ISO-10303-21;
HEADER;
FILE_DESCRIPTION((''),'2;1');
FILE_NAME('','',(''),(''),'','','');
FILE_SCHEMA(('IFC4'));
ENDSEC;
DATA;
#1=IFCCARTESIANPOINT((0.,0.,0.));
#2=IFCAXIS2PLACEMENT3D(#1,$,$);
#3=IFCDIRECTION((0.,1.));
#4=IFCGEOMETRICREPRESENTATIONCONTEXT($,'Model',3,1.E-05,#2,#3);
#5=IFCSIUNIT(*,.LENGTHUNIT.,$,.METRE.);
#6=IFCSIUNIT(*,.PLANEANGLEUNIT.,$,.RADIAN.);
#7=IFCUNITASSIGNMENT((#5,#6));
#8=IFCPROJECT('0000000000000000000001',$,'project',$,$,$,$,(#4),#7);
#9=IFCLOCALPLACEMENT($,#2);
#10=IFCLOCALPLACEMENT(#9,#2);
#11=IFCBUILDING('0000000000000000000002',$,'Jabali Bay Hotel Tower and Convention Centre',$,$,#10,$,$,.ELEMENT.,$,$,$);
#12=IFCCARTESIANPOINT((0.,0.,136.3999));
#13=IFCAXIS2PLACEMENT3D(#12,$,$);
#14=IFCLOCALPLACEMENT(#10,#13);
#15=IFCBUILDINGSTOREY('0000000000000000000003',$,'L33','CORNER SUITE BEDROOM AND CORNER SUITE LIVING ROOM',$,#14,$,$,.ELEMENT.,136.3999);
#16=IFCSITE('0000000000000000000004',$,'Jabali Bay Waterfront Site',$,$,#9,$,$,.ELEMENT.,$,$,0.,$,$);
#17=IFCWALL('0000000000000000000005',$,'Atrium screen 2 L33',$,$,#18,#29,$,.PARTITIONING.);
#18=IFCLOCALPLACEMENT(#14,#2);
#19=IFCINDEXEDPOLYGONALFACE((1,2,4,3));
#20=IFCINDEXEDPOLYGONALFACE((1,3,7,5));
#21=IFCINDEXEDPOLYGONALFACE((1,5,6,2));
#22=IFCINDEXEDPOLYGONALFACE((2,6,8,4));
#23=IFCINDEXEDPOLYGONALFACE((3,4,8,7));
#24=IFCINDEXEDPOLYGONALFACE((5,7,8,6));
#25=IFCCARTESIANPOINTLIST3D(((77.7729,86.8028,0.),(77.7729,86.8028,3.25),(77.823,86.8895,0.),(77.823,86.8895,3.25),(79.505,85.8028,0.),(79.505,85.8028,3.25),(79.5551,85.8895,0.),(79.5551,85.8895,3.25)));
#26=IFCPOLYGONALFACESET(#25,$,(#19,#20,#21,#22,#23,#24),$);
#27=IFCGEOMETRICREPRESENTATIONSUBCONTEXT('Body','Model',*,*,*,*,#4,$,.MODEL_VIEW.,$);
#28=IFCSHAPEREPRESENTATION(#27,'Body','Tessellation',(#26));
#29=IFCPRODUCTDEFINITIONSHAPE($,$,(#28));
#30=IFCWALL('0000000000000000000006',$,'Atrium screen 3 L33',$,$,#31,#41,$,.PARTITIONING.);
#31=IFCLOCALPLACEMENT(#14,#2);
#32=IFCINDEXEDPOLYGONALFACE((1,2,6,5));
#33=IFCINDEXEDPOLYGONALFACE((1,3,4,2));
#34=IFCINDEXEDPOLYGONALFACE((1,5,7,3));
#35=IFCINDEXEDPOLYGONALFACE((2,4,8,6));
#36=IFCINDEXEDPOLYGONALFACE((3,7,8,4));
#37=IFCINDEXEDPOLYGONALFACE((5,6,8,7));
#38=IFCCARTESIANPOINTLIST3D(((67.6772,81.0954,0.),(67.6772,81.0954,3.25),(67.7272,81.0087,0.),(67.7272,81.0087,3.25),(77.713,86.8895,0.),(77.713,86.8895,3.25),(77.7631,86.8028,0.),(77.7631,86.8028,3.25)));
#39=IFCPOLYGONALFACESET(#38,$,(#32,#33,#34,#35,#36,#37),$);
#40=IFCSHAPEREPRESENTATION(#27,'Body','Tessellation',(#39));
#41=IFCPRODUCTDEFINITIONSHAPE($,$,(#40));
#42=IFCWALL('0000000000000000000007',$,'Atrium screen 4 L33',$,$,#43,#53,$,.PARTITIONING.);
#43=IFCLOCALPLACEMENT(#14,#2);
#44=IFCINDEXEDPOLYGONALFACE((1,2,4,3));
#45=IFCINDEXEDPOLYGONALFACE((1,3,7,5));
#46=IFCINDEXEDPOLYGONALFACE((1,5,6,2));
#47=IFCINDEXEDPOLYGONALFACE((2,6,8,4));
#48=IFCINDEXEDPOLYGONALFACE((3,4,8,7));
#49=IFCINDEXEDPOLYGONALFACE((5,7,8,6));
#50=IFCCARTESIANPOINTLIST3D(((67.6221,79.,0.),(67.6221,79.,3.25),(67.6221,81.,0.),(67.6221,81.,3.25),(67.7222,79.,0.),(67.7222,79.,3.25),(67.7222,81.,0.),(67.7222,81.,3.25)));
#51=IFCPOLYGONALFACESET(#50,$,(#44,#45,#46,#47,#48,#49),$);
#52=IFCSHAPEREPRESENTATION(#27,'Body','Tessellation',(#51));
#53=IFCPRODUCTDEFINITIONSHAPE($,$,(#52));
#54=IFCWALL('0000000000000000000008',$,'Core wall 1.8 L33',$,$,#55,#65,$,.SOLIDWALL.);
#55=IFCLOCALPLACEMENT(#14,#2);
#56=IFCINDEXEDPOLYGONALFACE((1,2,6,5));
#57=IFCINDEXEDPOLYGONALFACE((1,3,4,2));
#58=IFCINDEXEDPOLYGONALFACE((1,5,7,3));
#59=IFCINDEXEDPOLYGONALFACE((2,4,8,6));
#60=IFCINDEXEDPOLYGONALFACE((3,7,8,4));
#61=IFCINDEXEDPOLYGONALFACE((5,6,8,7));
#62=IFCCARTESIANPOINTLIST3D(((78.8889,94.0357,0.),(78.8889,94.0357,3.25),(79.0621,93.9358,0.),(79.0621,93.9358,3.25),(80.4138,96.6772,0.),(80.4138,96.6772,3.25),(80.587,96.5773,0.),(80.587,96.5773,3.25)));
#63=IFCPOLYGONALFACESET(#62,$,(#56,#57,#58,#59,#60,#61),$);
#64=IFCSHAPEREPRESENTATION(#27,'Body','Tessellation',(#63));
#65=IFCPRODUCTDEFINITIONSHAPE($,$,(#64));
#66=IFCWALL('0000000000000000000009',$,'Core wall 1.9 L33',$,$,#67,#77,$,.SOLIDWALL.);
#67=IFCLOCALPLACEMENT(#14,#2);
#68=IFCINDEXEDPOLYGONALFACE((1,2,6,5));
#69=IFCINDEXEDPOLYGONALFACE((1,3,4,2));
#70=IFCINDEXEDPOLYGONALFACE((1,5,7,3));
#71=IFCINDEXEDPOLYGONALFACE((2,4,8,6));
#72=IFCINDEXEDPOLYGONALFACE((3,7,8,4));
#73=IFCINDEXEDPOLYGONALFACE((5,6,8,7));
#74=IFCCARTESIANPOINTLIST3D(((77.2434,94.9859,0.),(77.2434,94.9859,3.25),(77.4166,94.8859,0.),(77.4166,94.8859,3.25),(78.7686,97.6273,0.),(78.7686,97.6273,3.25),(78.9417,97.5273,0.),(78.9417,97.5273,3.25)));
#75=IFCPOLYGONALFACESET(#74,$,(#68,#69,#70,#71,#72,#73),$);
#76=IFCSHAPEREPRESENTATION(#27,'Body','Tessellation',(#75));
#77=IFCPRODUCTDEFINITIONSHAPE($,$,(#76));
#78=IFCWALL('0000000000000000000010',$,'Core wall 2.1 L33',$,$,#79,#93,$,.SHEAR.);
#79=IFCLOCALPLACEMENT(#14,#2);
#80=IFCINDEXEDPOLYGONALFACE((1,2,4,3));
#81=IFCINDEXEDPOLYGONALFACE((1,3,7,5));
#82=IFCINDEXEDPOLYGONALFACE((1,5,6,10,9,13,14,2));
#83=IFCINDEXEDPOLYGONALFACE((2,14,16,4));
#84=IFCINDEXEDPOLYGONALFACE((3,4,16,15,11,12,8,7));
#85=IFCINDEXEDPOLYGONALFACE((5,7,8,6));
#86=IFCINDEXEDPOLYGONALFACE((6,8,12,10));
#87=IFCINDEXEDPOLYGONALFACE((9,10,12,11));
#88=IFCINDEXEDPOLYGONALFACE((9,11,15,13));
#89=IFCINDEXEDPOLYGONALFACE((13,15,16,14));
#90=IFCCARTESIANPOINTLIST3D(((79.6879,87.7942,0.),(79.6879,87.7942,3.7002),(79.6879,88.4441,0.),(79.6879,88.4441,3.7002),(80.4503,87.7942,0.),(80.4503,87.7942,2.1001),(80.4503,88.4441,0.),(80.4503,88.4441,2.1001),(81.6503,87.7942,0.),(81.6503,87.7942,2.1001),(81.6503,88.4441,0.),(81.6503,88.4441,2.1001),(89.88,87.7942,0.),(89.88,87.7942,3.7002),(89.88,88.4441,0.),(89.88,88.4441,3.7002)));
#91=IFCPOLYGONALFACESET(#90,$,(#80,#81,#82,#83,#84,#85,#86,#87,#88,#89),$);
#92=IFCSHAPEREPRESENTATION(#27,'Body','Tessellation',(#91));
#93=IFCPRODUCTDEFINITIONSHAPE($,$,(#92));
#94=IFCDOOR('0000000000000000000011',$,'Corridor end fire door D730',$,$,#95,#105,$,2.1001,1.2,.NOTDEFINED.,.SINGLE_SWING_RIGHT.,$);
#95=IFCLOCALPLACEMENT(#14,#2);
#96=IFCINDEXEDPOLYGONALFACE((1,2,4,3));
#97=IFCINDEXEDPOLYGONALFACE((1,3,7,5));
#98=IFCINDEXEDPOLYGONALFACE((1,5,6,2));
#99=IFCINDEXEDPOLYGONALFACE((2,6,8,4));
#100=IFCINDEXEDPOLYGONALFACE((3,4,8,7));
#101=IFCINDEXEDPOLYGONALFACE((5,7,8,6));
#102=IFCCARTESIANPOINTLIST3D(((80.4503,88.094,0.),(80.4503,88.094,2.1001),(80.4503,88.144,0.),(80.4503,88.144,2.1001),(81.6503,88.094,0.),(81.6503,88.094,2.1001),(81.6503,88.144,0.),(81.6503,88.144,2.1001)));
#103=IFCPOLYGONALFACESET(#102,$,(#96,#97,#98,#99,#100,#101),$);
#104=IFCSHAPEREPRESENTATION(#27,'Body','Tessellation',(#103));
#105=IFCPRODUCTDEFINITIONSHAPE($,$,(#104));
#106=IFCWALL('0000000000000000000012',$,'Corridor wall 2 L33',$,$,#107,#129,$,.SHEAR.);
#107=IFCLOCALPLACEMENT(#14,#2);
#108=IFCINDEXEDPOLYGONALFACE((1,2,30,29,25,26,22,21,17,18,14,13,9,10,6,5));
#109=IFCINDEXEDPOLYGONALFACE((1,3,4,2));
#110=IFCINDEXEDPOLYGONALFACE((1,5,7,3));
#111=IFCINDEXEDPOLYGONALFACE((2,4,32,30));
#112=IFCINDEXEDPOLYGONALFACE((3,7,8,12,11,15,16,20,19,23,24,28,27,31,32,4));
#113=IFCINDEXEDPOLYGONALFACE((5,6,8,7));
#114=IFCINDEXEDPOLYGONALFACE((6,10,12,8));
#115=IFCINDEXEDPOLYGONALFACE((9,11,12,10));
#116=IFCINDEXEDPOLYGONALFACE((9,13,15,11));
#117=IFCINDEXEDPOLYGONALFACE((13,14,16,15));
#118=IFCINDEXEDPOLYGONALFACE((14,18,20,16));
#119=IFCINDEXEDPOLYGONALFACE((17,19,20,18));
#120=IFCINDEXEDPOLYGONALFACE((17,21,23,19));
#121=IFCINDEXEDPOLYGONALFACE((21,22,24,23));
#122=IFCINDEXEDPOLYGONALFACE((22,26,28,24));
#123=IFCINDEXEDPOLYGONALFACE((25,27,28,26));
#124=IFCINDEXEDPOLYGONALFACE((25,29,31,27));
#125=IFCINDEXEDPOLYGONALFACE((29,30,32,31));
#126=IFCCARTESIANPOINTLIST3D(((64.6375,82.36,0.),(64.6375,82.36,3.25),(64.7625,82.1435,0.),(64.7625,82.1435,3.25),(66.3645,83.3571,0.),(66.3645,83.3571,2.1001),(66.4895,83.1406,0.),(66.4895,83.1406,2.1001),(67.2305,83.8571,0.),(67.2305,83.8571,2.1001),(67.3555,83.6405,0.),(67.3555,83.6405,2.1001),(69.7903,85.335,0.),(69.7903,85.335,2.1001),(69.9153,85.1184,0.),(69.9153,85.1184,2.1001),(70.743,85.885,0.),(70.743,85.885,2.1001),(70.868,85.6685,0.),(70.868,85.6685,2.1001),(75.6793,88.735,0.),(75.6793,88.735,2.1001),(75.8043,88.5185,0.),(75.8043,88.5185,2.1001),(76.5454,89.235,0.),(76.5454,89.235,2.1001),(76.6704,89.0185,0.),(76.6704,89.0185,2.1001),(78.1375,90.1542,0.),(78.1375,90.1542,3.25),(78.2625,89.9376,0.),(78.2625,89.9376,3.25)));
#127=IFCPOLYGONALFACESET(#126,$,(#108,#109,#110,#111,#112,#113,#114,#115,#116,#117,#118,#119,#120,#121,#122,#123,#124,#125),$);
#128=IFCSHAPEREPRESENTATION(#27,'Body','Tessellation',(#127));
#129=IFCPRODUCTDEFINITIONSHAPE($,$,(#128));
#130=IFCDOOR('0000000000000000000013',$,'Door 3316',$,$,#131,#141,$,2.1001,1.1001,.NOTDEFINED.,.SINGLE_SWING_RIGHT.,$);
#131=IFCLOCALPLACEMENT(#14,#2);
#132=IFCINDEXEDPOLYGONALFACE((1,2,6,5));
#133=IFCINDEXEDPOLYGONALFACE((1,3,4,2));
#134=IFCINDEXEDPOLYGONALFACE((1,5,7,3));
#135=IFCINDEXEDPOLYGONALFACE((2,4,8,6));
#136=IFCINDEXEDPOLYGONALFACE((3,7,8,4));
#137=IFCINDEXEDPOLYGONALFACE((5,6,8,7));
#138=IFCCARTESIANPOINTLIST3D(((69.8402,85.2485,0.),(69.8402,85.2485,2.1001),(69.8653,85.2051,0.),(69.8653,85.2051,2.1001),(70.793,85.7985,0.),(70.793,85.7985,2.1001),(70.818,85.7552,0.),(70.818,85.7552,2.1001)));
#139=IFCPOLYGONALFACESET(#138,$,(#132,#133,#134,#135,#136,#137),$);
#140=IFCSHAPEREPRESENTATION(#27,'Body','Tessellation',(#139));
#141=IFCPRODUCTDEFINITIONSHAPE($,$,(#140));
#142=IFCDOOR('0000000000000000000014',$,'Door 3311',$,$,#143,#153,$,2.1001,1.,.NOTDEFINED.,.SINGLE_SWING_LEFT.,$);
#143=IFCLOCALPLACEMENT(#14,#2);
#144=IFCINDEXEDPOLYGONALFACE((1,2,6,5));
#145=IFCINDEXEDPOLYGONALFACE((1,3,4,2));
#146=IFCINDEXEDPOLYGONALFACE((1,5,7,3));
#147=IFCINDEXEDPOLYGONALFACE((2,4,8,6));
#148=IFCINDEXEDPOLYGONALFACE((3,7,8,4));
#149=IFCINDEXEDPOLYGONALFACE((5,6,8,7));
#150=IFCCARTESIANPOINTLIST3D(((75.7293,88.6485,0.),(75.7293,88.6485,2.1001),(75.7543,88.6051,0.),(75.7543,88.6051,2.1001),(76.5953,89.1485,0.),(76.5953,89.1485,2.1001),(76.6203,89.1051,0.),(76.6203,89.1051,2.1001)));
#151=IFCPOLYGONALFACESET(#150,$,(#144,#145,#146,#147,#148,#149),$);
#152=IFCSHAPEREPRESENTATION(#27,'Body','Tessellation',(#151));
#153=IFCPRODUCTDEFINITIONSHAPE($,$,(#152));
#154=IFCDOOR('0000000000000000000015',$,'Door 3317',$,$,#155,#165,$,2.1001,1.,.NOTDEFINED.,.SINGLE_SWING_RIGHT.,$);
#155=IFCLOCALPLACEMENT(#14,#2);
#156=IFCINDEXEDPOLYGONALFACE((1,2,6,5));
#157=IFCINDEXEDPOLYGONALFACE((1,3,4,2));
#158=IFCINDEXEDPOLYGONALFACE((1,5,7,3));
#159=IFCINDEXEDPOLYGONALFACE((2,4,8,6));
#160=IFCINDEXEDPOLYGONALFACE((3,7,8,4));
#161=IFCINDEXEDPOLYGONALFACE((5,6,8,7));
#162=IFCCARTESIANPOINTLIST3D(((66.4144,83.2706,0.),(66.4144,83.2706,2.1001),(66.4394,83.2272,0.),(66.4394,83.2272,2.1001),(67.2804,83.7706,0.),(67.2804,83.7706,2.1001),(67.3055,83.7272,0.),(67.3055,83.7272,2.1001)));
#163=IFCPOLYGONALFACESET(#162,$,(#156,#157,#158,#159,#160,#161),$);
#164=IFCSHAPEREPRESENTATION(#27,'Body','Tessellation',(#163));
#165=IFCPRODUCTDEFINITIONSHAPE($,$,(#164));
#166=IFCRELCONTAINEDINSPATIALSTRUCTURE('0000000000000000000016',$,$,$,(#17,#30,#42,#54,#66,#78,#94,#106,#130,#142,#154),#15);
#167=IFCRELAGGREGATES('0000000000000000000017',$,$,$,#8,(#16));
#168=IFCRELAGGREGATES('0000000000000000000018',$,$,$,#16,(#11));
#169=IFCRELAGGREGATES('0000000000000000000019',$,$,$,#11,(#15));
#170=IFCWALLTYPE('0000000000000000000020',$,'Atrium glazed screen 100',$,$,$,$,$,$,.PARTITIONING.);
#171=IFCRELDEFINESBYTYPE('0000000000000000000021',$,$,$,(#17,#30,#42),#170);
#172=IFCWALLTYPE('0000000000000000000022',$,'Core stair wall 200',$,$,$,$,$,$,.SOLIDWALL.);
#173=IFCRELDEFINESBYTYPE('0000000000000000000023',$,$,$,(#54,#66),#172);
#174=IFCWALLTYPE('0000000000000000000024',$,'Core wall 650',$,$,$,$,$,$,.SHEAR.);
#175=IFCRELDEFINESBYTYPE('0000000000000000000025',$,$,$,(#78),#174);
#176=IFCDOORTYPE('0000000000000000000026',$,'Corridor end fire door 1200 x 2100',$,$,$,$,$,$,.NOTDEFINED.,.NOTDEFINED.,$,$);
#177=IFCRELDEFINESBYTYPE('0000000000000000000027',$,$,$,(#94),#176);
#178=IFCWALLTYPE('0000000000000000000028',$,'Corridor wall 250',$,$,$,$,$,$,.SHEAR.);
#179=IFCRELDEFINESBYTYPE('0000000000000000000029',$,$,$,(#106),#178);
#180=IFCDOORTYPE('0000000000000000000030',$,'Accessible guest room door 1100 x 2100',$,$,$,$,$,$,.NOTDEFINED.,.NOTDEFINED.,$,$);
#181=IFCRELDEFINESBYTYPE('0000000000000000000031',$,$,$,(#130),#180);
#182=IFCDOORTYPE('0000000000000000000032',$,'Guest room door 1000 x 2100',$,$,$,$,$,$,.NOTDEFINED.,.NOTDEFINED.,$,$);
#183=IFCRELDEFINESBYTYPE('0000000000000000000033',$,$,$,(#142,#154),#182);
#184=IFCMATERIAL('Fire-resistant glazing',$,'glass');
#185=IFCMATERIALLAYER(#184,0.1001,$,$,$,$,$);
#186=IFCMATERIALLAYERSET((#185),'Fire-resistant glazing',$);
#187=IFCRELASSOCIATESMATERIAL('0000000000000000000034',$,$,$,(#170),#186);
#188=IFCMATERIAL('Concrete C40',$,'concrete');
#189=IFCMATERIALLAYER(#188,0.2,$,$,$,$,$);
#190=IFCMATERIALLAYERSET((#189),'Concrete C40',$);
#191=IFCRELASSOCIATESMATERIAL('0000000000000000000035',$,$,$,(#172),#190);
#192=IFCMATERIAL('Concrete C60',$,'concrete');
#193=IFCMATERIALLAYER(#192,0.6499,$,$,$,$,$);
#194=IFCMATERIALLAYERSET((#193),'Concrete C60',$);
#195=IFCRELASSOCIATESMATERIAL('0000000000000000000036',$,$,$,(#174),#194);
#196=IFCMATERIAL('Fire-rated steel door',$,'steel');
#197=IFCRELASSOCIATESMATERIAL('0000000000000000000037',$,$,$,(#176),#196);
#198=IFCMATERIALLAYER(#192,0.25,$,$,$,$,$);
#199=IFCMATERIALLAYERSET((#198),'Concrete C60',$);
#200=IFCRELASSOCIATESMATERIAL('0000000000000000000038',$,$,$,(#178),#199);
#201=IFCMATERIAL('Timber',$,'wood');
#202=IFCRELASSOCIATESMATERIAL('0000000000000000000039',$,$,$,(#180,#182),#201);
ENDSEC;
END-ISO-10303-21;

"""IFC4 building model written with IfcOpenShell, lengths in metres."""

from ifc_helpers import new_model, si_unit, direction, frame, frame_2d, origin, place, context, subcontext, project, spatial, rectangle, extrude, material, layer, layer_set, type_object, element, fill, save


model = new_model("IFC4")

# Units and contexts
model_context = context("Model", 3, precision=1e-05, world=origin(), true_north=direction((0.0, 1.0)))
body_context = subcontext(model_context, "Body", "Model", "MODEL_VIEW")
ifc_project = project(units=[si_unit("LENGTHUNIT", "METRE"), si_unit("PLANEANGLEUNIT", "RADIAN")], contexts=[model_context])

# Site, building, storey
site_placement = place(None, origin())
site = spatial("IfcSite", under=ifc_project, at=site_placement, Name="Jabali Bay Waterfront Site", CompositionType="ELEMENT", RefElevation=0.0)
building_placement = place(site_placement, origin())
building = spatial("IfcBuilding", under=site, at=building_placement, Name="Jabali Bay Hotel Tower and Convention Centre", CompositionType="ELEMENT")
storey_placement = place(building_placement, frame((0.0, 0.0, 136.3999)))
storey = spatial("IfcBuildingStorey", under=building, at=storey_placement, Name="L33", Description="CORNER SUITE BEDROOM AND CORNER SUITE LIVING ROOM", CompositionType="ELEMENT", Elevation=136.3999)

# Walls
ifc_material_1 = material(Name="Fire-resistant glazing", Category="glass")
ifc_layer_1 = layer(ifc_material_1, 0.1001)
ifc_layer_set_1 = layer_set([ifc_layer_1], Name="Fire-resistant glazing")
wall_type_1 = type_object("IfcWallType", Name="Atrium glazed screen 100", PredefinedType="PARTITIONING", material=ifc_layer_set_1)
wall_1_placement = place(storey_placement, frame((79.53, 85.8462, 0.0), z_axis=(0.0, 0.0, 1.0), x_axis=(-0.866041, 0.499973, 0.0)))
element("IfcWall", 1, at=wall_1_placement, inside=storey, type_object=wall_type_1, Name="Atrium screen 2 L33", PredefinedType="PARTITIONING", context=body_context, shape_type="SweptSolid", body=[
    extrude(rectangle(XDim=2.0, YDim=0.1001, at=frame_2d((1.0, 0.0))), origin(), (0.0, 0.0, 1.0), 3.25),
])
wall_2_placement = place(storey_placement, frame((77.738, 86.8462, 0.0), z_axis=(0.0, 0.0, 1.0), x_axis=(-0.866027, -0.499998, 0.0)))
element("IfcWall", 2, at=wall_2_placement, inside=storey, type_object=wall_type_1, Name="Atrium screen 3 L33", PredefinedType="PARTITIONING", context=body_context, shape_type="SweptSolid", body=[
    extrude(rectangle(XDim=11.5884, YDim=0.1001, at=frame_2d((5.7942, 0.0))), origin(), (0.0, 0.0, 1.0), 3.25),
])
wall_3_placement = place(storey_placement, frame((67.6721, 81.0, 0.0), z_axis=(0.0, 0.0, 1.0), x_axis=(0.0, -1.0, 0.0)))
element("IfcWall", 3, at=wall_3_placement, inside=storey, type_object=wall_type_1, Name="Atrium screen 4 L33", PredefinedType="PARTITIONING", context=body_context, shape_type="SweptSolid", body=[
    extrude(rectangle(XDim=2.0, YDim=0.1001, at=frame_2d((1.0, 0.0))), origin(), (0.0, 0.0, 1.0), 3.25),
])
ifc_material_2 = material(Name="Concrete C40", Category="concrete")
ifc_layer_2 = layer(ifc_material_2, 0.2)
ifc_layer_set_2 = layer_set([ifc_layer_2], Name="Concrete C40")
wall_type_2 = type_object("IfcWallType", Name="Core stair wall 200", PredefinedType="SOLIDWALL", material=ifc_layer_set_2)
for number, where, z_axis, x_axis, name in (
    (4, (78.9756, 93.9858, 0.0), (0.0, 0.0, 1.0), (0.499944, 0.866058, 0.0), "Core wall 1.8 L33"),
    (5, (77.3301, 94.936, 0.0), (0.0, 0.0, 1.0), (0.500039, 0.866003, 0.0), "Core wall 1.9 L33"),
):
    element("IfcWall", number, at=place(storey_placement, frame(where, z_axis=z_axis, x_axis=x_axis)), inside=storey, type_object=wall_type_2, Name=name, PredefinedType="SOLIDWALL", context=body_context, shape_type="SweptSolid", body=[
        extrude(rectangle(XDim=3.05, YDim=0.2, at=frame_2d((1.5249, 0.0))), origin(), (0.0, 0.0, 1.0), 3.25),
    ])

# Wall, opening, door
ifc_material_3 = material(Name="Concrete C60", Category="concrete")
ifc_layer_3 = layer(ifc_material_3, 0.6499)
ifc_layer_set_3 = layer_set([ifc_layer_3], Name="Concrete C60")
wall_type_3 = type_object("IfcWallType", Name="Core wall 650", PredefinedType="SHEAR", material=ifc_layer_set_3)
wall_4_placement = place(storey_placement, frame((79.6877, 88.1191, 0.0), z_axis=(0.0, 0.0, 1.0), x_axis=(1.0, 0.0, 0.0)))
wall_4 = element("IfcWall", 6, at=wall_4_placement, inside=storey, type_object=wall_type_3, Name="Core wall 2.1 L33", PredefinedType="SHEAR", context=body_context, shape_type="SweptSolid", body=[
    extrude(rectangle(XDim=10.1921, YDim=0.6499, at=frame_2d((5.0962, 0.0))), origin(), (0.0, 0.0, 1.0), 3.7002),
])
opening_1_placement = place(wall_4_placement, frame((0.7625, 0.0, 0.0)))
opening_1 = element("IfcOpeningElement", 7, at=opening_1_placement, cuts=wall_4, PredefinedType="OPENING", context=body_context, shape_type="SweptSolid", body=[
    extrude(rectangle(XDim=1.2, YDim=2.1001, at=frame_2d((0.6001, 1.05))), frame((0.0, 0.3354, 0.0), z_axis=(0.0, -1.0, 0.0), x_axis=(1.0, 0.0, 0.0)), (0.0, 0.0, 1.0), 0.6709),
])
ifc_material_4 = material(Name="Fire-rated steel door", Category="steel")
door_type_1 = type_object("IfcDoorType", Name="Corridor end fire door 1200 x 2100", OperationType="NOTDEFINED", PredefinedType="NOTDEFINED", material=ifc_material_4)
door_1_placement = place(opening_1_placement, origin())
door_1 = element("IfcDoor", 8, at=door_1_placement, inside=storey, type_object=door_type_1, Name="Corridor end fire door D730", OperationType="SINGLE_SWING_RIGHT", OverallHeight=2.1001, OverallWidth=1.2, PredefinedType="NOTDEFINED", context=body_context, shape_type="SweptSolid", body=[
    extrude(rectangle(XDim=1.2, YDim=2.1001, at=frame_2d((0.6001, 1.05))), frame((0.0, 0.0249, 0.0), z_axis=(0.0, -1.0, 0.0), x_axis=(1.0, 0.0, 0.0)), (0.0, 0.0, 1.0), 0.05),
])
fill(opening_1, door_1)

# Wall, openings, doors
ifc_layer_4 = layer(ifc_material_3, 0.25)
ifc_layer_set_4 = layer_set([ifc_layer_4], Name="Concrete C60")
wall_type_4 = type_object("IfcWallType", Name="Corridor wall 250", PredefinedType="SHEAR", material=ifc_layer_set_4)
wall_5_placement = place(storey_placement, frame((78.2, 90.0459, 0.0), z_axis=(0.0, 0.0, 1.0), x_axis=(-0.866026, -0.499998, 0.0)))
wall_5 = element("IfcWall", 9, at=wall_5_placement, inside=storey, type_object=wall_type_4, Name="Corridor wall 2 L33", PredefinedType="SHEAR", context=body_context, shape_type="SweptSolid", body=[
    extrude(rectangle(XDim=15.5884, YDim=0.25, at=frame_2d((7.7942, 0.0))), origin(), (0.0, 0.0, 1.0), 3.25),
])
opening_2_placement = place(wall_5_placement, frame((1.8384, 0.0, 0.0)))
opening_2 = element("IfcOpeningElement", 10, at=opening_2_placement, cuts=wall_5, PredefinedType="OPENING", context=body_context, shape_type="SweptSolid", body=[
    extrude(rectangle(XDim=1.0, YDim=2.1001, at=frame_2d((0.5, 1.05))), frame((0.0, 0.1355, 0.0), z_axis=(0.0, -1.0, 0.0), x_axis=(1.0, 0.0, 0.0)), (0.0, 0.0, 1.0), 0.271),
])
opening_3_placement = place(wall_5_placement, frame((8.5383, 0.0, 0.0)))
opening_3 = element("IfcOpeningElement", 11, at=opening_3_placement, cuts=wall_5, PredefinedType="OPENING", context=body_context, shape_type="SweptSolid", body=[
    extrude(rectangle(XDim=1.1001, YDim=2.1001, at=frame_2d((0.55, 1.05))), frame((0.0, 0.1355, 0.0), z_axis=(0.0, -1.0, 0.0), x_axis=(1.0, 0.0, 0.0)), (0.0, 0.0, 1.0), 0.271),
])
opening_4_placement = place(wall_5_placement, frame((12.5942, 0.0, 0.0)))
opening_4 = element("IfcOpeningElement", 12, at=opening_4_placement, cuts=wall_5, PredefinedType="OPENING", context=body_context, shape_type="SweptSolid", body=[
    extrude(rectangle(XDim=1.0, YDim=2.1001, at=frame_2d((0.5, 1.05))), frame((0.0, 0.1355, 0.0), z_axis=(0.0, -1.0, 0.0), x_axis=(1.0, 0.0, 0.0)), (0.0, 0.0, 1.0), 0.271),
])
ifc_material_5 = material(Name="Timber", Category="wood")
door_type_2 = type_object("IfcDoorType", Name="Accessible guest room door 1100 x 2100", OperationType="NOTDEFINED", PredefinedType="NOTDEFINED", material=ifc_material_5)
door_2_placement = place(opening_3_placement, origin())
door_2 = element("IfcDoor", 13, at=door_2_placement, inside=storey, type_object=door_type_2, Name="Door 3316", OperationType="SINGLE_SWING_RIGHT", OverallHeight=2.1001, OverallWidth=1.1001, PredefinedType="NOTDEFINED", context=body_context, shape_type="SweptSolid", body=[
    extrude(rectangle(XDim=1.1001, YDim=2.1001, at=frame_2d((0.55, 1.05))), frame((0.0, 0.0249, 0.0), z_axis=(0.0, -1.0, 0.0), x_axis=(1.0, 0.0, 0.0)), (0.0, 0.0, 1.0), 0.05),
])
fill(opening_3, door_2)
door_type_3 = type_object("IfcDoorType", Name="Guest room door 1000 x 2100", OperationType="NOTDEFINED", PredefinedType="NOTDEFINED", material=ifc_material_5)
door_3_placement = place(opening_2_placement, origin())
door_3 = element("IfcDoor", 14, at=door_3_placement, inside=storey, type_object=door_type_3, Name="Door 3311", OperationType="SINGLE_SWING_LEFT", OverallHeight=2.1001, OverallWidth=1.0, PredefinedType="NOTDEFINED", context=body_context, shape_type="SweptSolid", body=[
    extrude(rectangle(XDim=1.0, YDim=2.1001, at=frame_2d((0.5, 1.05))), frame((0.0, 0.0249, 0.0), z_axis=(0.0, -1.0, 0.0), x_axis=(1.0, 0.0, 0.0)), (0.0, 0.0, 1.0), 0.05),
])
fill(opening_2, door_3)
door_4_placement = place(opening_4_placement, origin())
door_4 = element("IfcDoor", 15, at=door_4_placement, inside=storey, type_object=door_type_3, Name="Door 3317", OperationType="SINGLE_SWING_RIGHT", OverallHeight=2.1001, OverallWidth=1.0, PredefinedType="NOTDEFINED", context=body_context, shape_type="SweptSolid", body=[
    extrude(rectangle(XDim=1.0, YDim=2.1001, at=frame_2d((0.5, 1.05))), frame((0.0, 0.0249, 0.0), z_axis=(0.0, -1.0, 0.0), x_axis=(1.0, 0.0, 0.0)), (0.0, 0.0, 1.0), 0.05),
])
fill(opening_4, door_4)

save(model, "model.ifc")
